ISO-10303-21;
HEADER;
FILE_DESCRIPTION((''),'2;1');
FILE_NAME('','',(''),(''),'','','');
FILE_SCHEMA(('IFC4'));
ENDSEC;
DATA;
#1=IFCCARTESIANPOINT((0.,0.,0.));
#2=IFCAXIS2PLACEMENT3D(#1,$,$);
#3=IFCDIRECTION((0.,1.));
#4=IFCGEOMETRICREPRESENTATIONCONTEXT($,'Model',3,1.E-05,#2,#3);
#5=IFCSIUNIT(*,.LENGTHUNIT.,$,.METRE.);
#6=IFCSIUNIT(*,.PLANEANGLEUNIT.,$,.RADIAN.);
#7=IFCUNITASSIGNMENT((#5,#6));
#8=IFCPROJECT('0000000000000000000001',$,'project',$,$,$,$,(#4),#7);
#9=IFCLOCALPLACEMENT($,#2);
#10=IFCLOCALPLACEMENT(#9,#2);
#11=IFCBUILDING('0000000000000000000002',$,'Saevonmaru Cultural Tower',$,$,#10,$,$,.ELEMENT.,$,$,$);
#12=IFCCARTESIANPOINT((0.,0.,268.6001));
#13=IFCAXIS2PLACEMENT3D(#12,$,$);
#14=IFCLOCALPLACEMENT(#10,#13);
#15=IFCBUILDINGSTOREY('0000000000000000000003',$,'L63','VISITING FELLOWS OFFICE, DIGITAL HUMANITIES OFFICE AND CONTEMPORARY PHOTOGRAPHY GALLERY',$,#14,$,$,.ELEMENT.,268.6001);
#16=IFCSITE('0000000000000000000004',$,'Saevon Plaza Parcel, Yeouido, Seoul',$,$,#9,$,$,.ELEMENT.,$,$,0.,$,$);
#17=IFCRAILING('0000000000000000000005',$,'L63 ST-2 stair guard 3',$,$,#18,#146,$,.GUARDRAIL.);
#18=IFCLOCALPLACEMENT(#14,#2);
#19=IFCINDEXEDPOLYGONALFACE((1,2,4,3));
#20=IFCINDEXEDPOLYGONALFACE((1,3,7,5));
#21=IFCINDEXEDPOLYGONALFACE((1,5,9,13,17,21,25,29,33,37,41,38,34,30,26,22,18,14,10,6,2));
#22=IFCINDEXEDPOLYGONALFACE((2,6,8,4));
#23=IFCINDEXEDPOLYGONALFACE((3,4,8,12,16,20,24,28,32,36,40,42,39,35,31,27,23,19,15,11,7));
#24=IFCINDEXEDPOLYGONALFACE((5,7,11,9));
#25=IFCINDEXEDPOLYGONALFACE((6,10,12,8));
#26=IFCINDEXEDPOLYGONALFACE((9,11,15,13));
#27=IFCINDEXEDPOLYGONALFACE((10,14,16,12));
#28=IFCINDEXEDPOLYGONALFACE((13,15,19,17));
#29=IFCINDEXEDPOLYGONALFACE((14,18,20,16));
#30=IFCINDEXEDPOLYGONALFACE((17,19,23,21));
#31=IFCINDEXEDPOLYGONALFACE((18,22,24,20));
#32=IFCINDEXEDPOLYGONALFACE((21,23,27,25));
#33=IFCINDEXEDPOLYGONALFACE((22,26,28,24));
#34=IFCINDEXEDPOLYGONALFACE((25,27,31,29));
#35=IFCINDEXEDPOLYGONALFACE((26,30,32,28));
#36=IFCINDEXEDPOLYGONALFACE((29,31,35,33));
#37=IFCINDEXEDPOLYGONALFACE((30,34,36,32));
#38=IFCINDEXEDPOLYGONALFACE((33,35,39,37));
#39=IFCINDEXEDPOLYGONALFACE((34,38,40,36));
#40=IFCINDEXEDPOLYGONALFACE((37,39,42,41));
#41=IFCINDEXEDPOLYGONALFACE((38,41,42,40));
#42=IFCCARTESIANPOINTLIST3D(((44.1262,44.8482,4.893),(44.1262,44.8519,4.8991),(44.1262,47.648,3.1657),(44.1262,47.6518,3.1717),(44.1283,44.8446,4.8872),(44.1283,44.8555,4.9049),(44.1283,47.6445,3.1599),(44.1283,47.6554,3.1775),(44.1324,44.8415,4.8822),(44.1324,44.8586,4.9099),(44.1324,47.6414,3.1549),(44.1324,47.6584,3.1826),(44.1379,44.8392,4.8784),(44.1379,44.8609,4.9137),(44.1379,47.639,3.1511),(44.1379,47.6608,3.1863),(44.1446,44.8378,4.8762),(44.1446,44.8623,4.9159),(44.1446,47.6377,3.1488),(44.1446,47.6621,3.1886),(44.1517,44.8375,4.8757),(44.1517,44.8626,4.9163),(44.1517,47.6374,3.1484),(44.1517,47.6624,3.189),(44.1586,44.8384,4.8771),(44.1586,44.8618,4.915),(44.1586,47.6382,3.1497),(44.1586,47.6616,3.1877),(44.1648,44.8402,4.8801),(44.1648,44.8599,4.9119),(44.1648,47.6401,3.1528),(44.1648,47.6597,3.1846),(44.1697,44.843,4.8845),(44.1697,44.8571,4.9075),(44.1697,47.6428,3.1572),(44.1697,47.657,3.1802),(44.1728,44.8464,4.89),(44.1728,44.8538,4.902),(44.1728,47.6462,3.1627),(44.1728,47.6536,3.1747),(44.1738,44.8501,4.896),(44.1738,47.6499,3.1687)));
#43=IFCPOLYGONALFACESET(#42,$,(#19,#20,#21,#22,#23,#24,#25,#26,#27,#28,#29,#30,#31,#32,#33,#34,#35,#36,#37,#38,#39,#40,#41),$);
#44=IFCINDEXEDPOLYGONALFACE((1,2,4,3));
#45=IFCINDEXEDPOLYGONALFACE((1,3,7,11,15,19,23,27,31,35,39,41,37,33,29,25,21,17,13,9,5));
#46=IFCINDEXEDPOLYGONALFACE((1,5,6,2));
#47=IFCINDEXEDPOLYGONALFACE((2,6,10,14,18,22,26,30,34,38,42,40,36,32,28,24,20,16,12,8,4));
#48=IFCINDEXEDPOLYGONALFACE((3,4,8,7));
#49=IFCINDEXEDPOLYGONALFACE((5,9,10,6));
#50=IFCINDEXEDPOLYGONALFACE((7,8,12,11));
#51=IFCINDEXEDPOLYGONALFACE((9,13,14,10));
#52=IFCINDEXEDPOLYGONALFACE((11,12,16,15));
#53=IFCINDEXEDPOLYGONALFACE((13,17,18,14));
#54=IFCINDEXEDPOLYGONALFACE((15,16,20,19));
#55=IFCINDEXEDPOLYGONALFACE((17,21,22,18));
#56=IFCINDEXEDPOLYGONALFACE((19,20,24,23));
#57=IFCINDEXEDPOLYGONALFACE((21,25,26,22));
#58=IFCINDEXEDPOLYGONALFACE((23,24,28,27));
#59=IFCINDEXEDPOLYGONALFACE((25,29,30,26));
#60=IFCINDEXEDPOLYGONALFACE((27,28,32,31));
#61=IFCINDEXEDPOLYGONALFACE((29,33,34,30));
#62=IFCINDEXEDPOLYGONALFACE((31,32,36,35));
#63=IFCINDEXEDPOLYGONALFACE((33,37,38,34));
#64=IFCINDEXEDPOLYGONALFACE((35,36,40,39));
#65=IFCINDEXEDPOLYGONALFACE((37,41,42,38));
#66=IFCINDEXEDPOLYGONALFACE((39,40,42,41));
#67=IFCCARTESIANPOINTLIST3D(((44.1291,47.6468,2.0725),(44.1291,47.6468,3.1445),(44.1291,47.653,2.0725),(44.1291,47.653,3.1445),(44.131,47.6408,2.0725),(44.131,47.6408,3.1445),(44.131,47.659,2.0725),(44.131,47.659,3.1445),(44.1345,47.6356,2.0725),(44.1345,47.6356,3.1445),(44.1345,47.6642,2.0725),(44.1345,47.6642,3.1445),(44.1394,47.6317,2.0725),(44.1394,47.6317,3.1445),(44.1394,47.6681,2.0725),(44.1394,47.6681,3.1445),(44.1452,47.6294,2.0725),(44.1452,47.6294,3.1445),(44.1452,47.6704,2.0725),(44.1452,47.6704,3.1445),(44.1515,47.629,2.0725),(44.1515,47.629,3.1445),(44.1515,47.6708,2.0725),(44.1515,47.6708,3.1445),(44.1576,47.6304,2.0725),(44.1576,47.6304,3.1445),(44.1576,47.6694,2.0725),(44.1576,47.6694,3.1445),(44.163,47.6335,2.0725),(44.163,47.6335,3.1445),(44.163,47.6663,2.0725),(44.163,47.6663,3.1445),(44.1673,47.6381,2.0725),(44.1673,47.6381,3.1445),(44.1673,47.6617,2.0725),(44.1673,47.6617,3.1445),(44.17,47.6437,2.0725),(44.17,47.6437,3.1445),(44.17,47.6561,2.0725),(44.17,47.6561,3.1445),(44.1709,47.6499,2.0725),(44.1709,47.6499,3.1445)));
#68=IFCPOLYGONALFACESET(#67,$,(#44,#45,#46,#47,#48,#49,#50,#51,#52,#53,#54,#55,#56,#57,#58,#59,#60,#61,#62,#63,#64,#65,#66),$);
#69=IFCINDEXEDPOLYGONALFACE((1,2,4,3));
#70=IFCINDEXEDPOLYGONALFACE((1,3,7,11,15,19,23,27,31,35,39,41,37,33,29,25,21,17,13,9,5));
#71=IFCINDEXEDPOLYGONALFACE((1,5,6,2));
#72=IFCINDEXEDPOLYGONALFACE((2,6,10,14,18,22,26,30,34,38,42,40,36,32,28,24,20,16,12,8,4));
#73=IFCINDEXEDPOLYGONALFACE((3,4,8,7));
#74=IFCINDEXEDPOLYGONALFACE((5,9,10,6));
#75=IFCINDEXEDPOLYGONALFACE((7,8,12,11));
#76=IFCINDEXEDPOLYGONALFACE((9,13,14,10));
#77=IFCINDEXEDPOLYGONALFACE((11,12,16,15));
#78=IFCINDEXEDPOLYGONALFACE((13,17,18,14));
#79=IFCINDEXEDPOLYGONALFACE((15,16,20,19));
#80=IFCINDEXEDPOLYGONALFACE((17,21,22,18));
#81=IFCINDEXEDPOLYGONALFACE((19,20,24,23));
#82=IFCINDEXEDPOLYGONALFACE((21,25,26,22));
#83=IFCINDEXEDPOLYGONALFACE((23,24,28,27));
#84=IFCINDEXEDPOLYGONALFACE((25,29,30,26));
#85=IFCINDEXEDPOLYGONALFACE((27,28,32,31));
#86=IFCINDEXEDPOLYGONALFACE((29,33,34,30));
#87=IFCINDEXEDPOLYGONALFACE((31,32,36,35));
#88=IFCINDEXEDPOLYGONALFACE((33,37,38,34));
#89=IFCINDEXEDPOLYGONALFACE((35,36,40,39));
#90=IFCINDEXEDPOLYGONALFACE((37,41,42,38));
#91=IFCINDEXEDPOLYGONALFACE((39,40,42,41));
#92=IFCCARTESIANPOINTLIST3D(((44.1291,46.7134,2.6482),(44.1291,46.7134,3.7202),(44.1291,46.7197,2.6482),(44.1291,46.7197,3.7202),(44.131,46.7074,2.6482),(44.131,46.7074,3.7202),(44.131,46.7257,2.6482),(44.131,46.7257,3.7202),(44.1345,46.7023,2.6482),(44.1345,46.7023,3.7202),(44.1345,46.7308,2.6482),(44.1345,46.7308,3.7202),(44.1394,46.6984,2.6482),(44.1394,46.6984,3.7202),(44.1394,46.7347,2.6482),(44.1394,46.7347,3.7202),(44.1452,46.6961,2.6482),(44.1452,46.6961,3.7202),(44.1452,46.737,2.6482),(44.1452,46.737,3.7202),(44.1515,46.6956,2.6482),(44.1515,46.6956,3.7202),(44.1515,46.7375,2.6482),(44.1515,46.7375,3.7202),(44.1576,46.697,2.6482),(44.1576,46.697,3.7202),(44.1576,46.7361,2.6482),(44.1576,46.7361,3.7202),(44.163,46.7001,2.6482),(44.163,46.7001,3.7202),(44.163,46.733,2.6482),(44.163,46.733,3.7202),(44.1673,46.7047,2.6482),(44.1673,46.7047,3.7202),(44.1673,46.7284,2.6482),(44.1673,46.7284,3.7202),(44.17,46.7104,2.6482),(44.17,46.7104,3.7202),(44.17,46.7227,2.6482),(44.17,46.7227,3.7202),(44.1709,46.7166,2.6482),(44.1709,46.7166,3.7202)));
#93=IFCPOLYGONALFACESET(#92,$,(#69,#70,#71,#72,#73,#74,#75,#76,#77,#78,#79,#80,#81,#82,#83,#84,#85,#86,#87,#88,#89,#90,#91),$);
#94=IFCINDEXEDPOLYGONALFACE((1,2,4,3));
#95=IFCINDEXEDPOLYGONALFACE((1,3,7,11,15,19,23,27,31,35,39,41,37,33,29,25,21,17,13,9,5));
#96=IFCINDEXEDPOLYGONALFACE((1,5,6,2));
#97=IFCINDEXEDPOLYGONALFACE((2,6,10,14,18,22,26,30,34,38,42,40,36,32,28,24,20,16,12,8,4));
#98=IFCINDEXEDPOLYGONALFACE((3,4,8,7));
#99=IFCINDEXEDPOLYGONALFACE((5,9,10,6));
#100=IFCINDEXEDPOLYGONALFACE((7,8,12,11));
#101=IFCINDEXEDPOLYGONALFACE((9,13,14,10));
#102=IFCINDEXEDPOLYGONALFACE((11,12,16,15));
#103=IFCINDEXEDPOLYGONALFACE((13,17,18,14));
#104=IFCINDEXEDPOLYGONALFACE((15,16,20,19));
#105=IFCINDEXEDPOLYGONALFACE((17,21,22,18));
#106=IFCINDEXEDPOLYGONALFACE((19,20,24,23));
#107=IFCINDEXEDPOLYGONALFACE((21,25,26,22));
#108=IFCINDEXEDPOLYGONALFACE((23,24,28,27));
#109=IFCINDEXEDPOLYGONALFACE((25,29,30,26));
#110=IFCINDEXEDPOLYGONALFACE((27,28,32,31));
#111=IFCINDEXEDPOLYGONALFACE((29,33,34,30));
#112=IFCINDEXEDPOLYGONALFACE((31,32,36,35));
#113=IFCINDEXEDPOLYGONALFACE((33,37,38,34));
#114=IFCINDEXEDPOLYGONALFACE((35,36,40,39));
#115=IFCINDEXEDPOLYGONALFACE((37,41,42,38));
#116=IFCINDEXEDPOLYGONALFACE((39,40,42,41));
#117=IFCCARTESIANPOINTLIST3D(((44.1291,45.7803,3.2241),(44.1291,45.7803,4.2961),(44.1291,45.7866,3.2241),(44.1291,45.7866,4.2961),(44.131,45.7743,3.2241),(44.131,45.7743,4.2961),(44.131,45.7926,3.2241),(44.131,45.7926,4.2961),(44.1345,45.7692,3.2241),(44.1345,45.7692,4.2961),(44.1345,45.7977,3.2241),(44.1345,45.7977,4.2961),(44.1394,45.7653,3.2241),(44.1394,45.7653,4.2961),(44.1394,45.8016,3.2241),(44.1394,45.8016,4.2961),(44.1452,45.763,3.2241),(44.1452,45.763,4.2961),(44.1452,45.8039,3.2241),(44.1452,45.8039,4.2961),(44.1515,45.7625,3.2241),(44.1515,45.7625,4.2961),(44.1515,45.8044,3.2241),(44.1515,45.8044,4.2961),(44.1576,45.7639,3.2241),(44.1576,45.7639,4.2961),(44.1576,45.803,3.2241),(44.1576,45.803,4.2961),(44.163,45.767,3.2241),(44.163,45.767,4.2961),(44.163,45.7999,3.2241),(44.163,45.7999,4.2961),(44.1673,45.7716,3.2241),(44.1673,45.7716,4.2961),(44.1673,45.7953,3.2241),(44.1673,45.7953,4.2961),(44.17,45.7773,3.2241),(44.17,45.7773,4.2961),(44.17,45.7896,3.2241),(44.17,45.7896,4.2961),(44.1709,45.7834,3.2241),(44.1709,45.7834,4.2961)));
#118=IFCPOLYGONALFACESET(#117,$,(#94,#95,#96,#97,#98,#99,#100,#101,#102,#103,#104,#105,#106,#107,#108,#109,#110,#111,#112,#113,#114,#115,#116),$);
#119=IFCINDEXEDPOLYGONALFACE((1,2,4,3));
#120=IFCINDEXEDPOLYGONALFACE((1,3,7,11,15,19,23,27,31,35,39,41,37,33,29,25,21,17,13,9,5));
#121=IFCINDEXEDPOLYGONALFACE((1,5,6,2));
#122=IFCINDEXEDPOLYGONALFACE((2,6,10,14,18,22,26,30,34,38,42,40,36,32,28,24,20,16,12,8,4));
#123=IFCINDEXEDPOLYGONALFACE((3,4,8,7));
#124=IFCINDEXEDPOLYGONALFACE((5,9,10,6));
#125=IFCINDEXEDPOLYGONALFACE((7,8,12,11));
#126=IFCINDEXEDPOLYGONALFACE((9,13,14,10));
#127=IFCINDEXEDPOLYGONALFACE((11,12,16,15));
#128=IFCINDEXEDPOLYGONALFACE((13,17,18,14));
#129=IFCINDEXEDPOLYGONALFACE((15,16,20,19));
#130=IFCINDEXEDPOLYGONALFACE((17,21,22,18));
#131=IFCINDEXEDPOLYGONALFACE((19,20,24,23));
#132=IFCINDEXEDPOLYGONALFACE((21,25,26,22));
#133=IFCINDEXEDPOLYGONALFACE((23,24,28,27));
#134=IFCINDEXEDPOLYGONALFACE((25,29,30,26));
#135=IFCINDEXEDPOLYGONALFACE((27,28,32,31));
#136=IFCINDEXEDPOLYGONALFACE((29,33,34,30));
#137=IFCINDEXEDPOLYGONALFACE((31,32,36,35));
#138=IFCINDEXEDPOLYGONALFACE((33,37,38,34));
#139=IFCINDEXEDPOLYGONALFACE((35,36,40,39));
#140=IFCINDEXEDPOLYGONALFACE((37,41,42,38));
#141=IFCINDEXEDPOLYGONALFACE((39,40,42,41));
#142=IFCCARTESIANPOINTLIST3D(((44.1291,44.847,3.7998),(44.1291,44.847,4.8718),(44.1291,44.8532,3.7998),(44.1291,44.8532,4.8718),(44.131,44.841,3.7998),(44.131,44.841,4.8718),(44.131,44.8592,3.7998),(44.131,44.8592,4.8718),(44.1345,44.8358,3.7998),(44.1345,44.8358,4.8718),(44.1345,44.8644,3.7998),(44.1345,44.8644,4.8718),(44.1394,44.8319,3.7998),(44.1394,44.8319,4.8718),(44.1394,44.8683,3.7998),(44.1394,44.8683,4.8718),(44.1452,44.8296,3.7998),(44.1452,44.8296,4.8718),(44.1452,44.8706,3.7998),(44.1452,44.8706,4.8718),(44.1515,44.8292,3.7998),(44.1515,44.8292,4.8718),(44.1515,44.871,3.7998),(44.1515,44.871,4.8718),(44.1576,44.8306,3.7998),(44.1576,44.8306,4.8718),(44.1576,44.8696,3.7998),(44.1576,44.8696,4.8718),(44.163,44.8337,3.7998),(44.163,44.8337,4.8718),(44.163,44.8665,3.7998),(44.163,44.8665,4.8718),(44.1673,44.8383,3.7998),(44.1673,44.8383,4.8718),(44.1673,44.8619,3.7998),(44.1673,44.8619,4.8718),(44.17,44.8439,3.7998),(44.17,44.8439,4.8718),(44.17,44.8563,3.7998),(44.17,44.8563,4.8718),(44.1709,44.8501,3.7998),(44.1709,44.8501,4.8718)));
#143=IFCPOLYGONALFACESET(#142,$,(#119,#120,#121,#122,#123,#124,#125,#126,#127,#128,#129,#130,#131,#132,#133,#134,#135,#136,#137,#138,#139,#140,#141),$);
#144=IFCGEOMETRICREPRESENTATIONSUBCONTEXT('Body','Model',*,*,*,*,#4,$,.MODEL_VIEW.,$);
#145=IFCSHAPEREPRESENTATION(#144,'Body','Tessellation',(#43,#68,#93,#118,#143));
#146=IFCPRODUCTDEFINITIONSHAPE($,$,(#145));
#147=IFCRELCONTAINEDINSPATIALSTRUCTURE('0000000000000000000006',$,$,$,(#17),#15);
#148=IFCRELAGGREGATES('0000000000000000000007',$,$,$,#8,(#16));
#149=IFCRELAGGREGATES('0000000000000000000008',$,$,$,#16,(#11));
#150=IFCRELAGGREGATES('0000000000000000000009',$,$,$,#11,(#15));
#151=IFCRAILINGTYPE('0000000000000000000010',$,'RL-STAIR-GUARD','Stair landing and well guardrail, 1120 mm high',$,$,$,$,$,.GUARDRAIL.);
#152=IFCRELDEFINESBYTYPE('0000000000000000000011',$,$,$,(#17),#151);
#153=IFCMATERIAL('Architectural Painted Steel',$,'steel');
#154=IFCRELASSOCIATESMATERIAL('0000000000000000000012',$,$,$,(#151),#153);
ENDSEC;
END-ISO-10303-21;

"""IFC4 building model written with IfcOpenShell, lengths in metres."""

from ifc_helpers import new_model, si_unit, direction, frame, origin, origin_2d, place, context, subcontext, project, spatial, circle, extrude, material, type_object, element, save


model = new_model("IFC4")

# Units and contexts
model_context = context("Model", 3, precision=1e-05, world=origin(), true_north=direction((0.0, 1.0)))
body_context = subcontext(model_context, "Body", "Model", "MODEL_VIEW")
ifc_project = project(units=[si_unit("LENGTHUNIT", "METRE"), si_unit("PLANEANGLEUNIT", "RADIAN")], contexts=[model_context])

# Site, building, storey
site_placement = place(None, origin())
site = spatial("IfcSite", under=ifc_project, at=site_placement, Name="Saevon Plaza Parcel, Yeouido, Seoul", CompositionType="ELEMENT", RefElevation=0.0)
building_placement = place(site_placement, origin())
building = spatial("IfcBuilding", under=site, at=building_placement, Name="Saevonmaru Cultural Tower", CompositionType="ELEMENT")
storey_placement = place(building_placement, frame((0.0, 0.0, 268.6001)))
storey = spatial("IfcBuildingStorey", under=building, at=storey_placement, Name="L63", Description="VISITING FELLOWS OFFICE, DIGITAL HUMANITIES OFFICE AND CONTEMPORARY PHOTOGRAPHY GALLERY", CompositionType="ELEMENT", Elevation=268.6001)

# Railing
ifc_material_1 = material(Name="Architectural Painted Steel", Category="steel")
railing_type_1 = type_object("IfcRailingType", Name="RL-STAIR-GUARD", Description="Stair landing and well guardrail, 1120 mm high", PredefinedType="GUARDRAIL", material=ifc_material_1)
railing_1_placement = place(storey_placement, frame((44.1499, 47.6499, 2.0725)))
element("IfcRailing", 1, at=railing_1_placement, inside=storey, type_object=railing_type_1, Name="L63 ST-2 stair guard 3", PredefinedType="GUARDRAIL", context=body_context, shape_type="SweptSolid", body=[
    extrude(circle(Radius=0.0239, at=origin_2d()), frame((0.0, 0.0, 1.0962), z_axis=(0.0, -0.851069, 0.525054), x_axis=(1.0, 0.0, 0.0)), (0.0, 0.0, 1.0), 3.2898),
    extrude(circle(Radius=0.021, at=origin_2d()), origin(), (0.0, 0.0, 1.0), 1.072),
    extrude(circle(Radius=0.021, at=origin_2d()), frame((0.0, -0.9333, 0.5757)), (0.0, 0.0, 1.0), 1.072),
    extrude(circle(Radius=0.021, at=origin_2d()), frame((0.0, -1.8665, 1.1516)), (0.0, 0.0, 1.0), 1.072),
    extrude(circle(Radius=0.021, at=origin_2d()), frame((0.0, -2.7998, 1.7273)), (0.0, 0.0, 1.0), 1.072),
])

save(model, "model.ifc")
